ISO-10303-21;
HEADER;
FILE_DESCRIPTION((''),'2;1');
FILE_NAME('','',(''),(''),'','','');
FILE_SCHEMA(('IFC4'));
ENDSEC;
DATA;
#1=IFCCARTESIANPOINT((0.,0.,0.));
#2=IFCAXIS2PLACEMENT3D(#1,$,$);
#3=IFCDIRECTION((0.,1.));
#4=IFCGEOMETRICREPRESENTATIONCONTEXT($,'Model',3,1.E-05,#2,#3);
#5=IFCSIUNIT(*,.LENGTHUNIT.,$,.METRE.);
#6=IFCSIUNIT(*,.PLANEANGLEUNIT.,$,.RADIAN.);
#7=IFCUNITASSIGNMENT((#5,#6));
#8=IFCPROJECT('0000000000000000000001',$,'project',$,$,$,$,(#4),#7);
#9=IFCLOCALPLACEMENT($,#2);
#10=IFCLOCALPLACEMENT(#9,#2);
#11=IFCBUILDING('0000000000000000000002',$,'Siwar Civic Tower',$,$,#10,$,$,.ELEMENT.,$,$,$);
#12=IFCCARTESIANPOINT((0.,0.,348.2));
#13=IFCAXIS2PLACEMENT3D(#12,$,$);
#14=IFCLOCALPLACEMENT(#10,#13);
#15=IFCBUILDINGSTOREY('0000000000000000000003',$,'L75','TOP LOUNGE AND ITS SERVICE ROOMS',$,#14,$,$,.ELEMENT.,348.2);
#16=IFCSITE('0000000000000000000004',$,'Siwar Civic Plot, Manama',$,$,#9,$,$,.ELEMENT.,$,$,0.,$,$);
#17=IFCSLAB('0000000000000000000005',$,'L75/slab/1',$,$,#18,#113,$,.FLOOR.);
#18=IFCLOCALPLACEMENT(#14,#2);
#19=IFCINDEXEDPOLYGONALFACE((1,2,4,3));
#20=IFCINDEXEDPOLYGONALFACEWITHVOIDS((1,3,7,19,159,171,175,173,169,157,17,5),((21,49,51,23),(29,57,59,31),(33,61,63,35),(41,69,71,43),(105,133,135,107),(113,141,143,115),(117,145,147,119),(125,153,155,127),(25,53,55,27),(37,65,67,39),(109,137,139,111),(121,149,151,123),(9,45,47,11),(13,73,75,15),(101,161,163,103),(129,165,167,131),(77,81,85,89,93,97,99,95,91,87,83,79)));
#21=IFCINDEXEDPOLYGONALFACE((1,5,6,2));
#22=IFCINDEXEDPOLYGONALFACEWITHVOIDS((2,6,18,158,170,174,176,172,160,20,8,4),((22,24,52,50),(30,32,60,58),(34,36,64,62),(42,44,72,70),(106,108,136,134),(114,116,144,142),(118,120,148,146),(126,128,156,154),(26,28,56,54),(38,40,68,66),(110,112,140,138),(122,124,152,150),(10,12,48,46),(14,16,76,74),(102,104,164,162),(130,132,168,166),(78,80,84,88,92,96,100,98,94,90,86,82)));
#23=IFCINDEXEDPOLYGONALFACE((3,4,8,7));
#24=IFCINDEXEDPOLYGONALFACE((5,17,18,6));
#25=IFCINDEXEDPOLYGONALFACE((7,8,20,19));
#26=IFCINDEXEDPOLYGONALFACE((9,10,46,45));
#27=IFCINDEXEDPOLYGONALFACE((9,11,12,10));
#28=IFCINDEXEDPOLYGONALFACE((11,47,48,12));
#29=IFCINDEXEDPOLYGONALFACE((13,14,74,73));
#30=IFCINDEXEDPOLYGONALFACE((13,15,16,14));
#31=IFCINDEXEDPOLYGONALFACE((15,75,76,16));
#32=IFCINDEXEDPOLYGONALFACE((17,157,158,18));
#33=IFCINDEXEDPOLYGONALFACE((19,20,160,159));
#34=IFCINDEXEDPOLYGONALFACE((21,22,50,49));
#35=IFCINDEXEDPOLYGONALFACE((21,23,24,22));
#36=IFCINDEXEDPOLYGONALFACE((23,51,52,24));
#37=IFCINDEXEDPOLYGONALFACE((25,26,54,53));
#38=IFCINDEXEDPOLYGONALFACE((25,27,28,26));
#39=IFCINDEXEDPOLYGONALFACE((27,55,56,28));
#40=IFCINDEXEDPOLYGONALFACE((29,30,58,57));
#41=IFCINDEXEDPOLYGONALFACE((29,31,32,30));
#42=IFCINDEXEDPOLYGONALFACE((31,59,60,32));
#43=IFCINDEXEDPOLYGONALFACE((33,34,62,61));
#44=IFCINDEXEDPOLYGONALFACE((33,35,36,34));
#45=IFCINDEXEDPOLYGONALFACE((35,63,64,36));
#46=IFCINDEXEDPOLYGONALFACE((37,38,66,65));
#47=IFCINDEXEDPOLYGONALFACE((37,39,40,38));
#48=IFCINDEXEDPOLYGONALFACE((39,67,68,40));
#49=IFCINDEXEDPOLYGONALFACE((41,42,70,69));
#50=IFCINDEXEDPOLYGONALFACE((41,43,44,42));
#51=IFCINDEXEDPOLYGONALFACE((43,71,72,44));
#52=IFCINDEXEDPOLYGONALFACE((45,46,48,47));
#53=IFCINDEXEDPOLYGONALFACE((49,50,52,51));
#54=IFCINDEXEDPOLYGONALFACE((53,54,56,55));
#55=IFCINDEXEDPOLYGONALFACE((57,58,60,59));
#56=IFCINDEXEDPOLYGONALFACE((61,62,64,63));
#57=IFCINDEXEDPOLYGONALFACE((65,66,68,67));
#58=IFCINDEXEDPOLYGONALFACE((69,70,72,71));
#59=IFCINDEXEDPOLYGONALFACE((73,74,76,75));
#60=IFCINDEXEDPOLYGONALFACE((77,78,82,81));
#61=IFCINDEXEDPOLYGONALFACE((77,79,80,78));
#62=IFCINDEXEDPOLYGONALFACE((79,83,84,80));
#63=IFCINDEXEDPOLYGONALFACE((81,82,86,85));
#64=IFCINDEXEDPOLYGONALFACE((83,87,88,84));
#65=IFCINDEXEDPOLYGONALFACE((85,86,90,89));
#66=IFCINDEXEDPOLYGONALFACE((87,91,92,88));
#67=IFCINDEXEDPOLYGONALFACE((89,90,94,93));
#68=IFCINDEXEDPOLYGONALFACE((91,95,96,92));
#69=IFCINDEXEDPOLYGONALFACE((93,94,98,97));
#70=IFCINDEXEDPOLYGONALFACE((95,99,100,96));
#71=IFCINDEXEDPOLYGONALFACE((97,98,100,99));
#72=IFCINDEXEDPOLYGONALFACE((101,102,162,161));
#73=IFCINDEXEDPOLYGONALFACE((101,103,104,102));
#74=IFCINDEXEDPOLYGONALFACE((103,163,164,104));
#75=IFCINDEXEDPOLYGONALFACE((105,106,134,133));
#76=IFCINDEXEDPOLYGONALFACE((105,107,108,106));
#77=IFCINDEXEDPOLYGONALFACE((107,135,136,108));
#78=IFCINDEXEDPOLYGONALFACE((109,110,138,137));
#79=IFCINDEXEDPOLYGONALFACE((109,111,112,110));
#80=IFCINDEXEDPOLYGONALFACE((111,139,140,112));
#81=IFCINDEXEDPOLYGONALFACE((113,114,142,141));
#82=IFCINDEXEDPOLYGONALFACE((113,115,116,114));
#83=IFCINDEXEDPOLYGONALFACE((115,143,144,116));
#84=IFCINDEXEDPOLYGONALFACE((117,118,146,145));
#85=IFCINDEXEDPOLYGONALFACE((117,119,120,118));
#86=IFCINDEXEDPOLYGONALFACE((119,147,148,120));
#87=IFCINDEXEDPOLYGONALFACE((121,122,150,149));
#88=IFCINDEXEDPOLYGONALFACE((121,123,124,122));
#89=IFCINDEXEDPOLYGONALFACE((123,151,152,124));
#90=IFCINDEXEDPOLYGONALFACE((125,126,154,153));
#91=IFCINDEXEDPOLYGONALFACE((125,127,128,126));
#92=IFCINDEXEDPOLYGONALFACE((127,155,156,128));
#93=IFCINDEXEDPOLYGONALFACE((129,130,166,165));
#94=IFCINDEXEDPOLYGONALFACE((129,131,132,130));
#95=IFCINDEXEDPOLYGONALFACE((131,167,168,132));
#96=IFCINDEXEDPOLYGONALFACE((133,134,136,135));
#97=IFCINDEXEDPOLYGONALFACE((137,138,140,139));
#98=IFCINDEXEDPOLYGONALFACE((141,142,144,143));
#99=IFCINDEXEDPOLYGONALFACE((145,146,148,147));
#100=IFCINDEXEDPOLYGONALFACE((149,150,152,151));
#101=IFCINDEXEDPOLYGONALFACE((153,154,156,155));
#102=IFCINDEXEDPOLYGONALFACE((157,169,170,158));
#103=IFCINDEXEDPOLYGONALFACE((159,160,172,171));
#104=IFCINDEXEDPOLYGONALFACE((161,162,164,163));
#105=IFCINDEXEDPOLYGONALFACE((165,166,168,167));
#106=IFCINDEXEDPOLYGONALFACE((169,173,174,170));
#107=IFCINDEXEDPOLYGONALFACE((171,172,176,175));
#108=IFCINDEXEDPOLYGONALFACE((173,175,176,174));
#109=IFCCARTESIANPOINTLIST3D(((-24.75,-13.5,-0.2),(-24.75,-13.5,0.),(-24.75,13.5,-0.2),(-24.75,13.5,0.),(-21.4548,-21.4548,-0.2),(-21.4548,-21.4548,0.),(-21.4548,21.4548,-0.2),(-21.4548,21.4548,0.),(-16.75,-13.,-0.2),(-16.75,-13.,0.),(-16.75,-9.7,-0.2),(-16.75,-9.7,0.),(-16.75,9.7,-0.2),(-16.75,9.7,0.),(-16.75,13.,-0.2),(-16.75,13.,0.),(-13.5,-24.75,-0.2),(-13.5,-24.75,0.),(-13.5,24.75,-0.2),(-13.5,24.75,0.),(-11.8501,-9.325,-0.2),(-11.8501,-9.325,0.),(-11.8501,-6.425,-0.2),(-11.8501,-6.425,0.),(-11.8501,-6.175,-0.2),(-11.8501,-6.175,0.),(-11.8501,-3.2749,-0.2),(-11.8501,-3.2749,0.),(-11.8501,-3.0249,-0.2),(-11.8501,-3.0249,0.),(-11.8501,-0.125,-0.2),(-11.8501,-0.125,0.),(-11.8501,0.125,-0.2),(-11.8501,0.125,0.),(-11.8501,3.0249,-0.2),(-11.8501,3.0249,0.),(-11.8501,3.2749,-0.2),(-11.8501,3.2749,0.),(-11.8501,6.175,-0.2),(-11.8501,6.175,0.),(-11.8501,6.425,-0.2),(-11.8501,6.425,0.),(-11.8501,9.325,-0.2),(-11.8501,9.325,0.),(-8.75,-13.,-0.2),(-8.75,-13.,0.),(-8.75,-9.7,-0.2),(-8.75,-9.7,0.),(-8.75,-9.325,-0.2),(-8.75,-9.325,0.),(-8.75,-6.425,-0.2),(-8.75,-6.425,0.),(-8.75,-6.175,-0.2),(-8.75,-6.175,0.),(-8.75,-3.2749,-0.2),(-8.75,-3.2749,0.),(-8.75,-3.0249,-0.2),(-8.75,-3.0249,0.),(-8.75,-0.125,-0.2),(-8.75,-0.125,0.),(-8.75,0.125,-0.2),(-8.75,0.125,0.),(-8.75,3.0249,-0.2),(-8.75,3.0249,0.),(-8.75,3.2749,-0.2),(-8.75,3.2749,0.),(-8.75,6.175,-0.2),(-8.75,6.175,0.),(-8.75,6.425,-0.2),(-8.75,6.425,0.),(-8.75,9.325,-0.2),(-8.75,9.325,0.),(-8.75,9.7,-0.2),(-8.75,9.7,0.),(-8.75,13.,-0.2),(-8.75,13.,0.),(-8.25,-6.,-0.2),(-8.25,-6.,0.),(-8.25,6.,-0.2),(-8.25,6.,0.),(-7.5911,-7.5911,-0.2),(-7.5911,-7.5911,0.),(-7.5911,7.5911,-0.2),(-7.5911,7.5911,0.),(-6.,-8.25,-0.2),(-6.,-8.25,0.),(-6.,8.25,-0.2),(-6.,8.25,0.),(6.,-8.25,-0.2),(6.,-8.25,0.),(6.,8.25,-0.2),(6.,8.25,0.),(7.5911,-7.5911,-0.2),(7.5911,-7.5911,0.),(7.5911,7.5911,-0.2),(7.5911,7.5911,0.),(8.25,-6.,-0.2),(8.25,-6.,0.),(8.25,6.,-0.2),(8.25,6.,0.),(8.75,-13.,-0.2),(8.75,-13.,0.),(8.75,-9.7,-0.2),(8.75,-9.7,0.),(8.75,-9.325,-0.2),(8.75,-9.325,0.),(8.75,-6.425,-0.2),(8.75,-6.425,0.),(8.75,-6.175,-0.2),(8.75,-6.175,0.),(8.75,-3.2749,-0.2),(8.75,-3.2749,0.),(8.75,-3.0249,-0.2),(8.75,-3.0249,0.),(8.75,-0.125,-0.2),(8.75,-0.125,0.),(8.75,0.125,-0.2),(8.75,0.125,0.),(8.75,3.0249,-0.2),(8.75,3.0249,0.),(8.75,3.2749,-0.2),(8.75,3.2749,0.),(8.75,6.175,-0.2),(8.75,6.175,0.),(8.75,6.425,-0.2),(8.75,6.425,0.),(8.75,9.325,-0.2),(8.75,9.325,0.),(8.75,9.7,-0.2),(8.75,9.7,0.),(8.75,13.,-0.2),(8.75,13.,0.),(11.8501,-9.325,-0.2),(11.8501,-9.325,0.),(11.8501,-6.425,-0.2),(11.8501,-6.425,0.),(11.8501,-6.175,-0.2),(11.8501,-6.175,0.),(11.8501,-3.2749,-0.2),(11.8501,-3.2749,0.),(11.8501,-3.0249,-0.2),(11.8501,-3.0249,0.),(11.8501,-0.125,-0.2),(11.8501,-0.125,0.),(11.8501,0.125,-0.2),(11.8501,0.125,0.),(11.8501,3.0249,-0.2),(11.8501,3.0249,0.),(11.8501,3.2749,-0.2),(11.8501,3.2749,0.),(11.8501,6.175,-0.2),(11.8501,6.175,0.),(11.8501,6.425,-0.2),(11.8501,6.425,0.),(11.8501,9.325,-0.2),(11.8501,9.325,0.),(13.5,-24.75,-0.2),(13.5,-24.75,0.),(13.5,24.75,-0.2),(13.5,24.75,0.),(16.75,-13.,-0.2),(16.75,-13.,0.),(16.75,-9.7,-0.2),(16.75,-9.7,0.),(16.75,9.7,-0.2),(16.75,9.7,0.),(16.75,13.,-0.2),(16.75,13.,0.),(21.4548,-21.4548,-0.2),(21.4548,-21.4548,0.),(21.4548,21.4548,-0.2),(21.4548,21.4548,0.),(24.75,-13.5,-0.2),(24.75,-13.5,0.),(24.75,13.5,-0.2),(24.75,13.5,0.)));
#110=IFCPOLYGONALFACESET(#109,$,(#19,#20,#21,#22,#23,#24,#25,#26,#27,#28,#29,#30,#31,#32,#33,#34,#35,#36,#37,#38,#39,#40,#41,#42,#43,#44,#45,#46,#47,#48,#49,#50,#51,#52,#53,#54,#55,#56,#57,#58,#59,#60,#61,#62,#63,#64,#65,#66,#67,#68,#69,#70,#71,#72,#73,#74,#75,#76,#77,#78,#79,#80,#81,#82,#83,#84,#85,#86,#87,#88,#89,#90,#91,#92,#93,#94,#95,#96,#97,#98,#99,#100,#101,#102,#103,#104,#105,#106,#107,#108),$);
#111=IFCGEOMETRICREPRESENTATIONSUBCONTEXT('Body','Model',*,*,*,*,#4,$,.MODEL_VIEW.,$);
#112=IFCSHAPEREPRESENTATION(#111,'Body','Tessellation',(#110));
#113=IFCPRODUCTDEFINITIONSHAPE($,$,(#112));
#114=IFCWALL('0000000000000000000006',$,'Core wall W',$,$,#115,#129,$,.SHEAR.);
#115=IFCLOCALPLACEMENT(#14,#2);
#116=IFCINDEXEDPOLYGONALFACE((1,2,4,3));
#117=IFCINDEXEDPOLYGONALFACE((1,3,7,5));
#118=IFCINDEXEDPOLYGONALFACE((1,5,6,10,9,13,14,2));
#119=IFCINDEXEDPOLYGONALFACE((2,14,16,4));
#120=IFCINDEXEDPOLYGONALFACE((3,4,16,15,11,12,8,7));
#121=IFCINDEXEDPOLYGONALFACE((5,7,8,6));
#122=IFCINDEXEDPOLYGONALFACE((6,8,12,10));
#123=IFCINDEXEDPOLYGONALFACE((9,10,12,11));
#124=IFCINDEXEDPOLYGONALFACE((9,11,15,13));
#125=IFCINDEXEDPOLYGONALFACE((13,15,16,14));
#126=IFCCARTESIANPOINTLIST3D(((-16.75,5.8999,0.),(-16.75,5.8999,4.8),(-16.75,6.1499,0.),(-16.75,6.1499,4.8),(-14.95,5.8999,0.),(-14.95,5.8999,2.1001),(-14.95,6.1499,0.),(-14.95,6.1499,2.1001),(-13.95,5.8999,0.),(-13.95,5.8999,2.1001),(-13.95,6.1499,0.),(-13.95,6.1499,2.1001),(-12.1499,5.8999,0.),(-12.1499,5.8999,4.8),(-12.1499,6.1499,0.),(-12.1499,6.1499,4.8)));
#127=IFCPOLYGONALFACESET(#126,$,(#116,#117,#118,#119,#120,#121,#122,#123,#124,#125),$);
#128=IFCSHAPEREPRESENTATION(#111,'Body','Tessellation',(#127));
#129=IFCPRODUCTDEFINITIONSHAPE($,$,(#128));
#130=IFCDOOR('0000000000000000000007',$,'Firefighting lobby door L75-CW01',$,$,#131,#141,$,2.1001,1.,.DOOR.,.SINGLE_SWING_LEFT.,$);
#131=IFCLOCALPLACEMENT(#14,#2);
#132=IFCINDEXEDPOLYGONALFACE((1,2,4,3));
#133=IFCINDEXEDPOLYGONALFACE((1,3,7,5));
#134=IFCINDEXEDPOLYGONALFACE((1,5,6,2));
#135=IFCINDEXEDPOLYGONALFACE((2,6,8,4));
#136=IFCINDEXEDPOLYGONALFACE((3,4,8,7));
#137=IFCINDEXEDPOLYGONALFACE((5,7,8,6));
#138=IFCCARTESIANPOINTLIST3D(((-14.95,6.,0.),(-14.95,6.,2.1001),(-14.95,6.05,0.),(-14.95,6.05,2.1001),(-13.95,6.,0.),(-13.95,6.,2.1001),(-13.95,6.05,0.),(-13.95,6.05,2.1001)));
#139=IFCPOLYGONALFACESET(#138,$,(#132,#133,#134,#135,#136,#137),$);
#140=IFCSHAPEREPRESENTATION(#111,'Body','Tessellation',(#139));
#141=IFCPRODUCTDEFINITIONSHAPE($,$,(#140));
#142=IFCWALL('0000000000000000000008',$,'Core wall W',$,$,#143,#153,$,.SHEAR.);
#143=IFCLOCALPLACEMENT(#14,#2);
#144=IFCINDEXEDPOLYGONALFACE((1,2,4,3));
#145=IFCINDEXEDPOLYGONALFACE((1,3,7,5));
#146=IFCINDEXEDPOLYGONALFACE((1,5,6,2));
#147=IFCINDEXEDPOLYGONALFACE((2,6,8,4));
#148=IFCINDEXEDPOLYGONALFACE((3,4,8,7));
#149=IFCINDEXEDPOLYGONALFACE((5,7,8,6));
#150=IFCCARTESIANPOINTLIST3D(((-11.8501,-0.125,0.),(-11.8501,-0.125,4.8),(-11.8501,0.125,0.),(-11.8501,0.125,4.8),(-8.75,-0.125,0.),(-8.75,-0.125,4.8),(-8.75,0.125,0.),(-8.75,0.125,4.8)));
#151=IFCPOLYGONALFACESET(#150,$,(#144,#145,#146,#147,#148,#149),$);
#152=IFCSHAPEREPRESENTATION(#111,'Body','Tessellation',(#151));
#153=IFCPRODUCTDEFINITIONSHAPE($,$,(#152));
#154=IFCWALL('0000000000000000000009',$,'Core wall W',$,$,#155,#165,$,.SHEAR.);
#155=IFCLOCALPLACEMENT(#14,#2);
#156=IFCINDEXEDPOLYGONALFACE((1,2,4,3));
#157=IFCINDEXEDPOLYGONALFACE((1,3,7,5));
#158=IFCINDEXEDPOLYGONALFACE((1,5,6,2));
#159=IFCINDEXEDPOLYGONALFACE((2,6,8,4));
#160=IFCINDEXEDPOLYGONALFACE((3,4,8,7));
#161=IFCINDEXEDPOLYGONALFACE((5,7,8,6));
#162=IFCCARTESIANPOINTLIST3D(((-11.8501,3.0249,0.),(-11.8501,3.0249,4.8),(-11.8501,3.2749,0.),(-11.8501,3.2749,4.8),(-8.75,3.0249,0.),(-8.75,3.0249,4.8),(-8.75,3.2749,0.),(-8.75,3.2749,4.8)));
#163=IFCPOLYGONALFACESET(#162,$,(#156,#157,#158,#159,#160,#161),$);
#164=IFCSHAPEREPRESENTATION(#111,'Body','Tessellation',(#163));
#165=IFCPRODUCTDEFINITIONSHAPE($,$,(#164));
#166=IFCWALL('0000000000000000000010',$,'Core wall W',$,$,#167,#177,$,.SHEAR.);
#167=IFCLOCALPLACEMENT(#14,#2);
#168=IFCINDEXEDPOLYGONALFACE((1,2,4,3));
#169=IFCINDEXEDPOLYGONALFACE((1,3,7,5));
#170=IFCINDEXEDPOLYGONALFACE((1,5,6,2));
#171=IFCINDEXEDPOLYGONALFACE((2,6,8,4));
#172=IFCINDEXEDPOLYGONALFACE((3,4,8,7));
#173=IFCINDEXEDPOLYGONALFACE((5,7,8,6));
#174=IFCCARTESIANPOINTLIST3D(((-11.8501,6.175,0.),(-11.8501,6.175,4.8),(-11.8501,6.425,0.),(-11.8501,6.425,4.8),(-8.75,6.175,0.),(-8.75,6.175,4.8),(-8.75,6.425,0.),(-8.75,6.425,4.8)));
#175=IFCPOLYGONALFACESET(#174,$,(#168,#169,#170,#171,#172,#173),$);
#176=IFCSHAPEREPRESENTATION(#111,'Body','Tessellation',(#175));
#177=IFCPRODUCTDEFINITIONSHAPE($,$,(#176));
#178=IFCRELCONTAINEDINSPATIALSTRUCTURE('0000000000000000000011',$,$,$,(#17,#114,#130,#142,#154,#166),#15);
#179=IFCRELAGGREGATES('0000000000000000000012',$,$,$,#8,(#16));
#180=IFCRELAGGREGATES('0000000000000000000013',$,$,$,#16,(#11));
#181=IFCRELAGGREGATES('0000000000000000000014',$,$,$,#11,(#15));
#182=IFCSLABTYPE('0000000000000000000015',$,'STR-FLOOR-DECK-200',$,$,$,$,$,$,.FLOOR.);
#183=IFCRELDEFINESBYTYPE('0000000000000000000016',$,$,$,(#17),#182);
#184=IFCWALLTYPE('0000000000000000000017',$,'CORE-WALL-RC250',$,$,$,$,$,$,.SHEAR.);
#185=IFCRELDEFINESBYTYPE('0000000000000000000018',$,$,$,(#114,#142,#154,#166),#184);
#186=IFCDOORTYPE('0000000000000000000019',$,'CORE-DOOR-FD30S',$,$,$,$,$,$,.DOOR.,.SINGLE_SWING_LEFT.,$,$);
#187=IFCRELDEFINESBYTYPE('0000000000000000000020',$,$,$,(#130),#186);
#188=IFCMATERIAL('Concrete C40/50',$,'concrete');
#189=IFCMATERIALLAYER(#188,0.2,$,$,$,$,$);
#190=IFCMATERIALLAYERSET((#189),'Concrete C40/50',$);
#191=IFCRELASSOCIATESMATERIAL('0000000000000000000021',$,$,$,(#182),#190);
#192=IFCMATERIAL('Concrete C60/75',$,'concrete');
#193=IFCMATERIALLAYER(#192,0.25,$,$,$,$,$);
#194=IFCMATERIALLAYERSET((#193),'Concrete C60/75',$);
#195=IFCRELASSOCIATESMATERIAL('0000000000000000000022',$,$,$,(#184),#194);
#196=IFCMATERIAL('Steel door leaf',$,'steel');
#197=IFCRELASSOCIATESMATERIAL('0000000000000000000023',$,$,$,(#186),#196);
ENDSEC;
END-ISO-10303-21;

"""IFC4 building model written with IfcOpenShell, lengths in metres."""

from ifc_helpers import new_model, si_unit, direction, frame, frame_2d, origin, place, context, subcontext, project, spatial, polyline, rectangle, outline, extrude, material, layer, layer_set, type_object, element, fill, save


model = new_model("IFC4")

# Units and contexts
model_context = context("Model", 3, precision=1e-05, world=origin(), true_north=direction((0.0, 1.0)))
body_context = subcontext(model_context, "Body", "Model", "MODEL_VIEW")
ifc_project = project(units=[si_unit("LENGTHUNIT", "METRE"), si_unit("PLANEANGLEUNIT", "RADIAN")], contexts=[model_context])

# Site, building, storey
site_placement = place(None, origin())
site = spatial("IfcSite", under=ifc_project, at=site_placement, Name="Siwar Civic Plot, Manama", CompositionType="ELEMENT", RefElevation=0.0)
building_placement = place(site_placement, origin())
building = spatial("IfcBuilding", under=site, at=building_placement, Name="Siwar Civic Tower", CompositionType="ELEMENT")
storey_placement = place(building_placement, frame((0.0, 0.0, 348.2)))
storey = spatial("IfcBuildingStorey", under=building, at=storey_placement, Name="L75", Description="TOP LOUNGE AND ITS SERVICE ROOMS", CompositionType="ELEMENT", Elevation=348.2)

# Slab
ifc_material_1 = material(Name="Concrete C40/50", Category="concrete")
ifc_layer_1 = layer(ifc_material_1, 0.2)
ifc_layer_set_1 = layer_set([ifc_layer_1], Name="Concrete C40/50")
slab_type = type_object("IfcSlabType", Name="STR-FLOOR-DECK-200", PredefinedType="FLOOR", material=ifc_layer_set_1)
slab_placement = place(storey_placement, frame((0.0, 0.0, -0.2)))
element("IfcSlab", 1, at=slab_placement, inside=storey, type_object=slab_type, Name="L75/slab/1", PredefinedType="FLOOR", context=body_context, shape_type="SweptSolid", body=[
    extrude(outline(polyline([(-13.5, -24.75), (13.5, -24.75), (21.4548, -21.4548), (24.75, -13.5), (24.75, 13.5), (21.4548, 21.4548), (13.5, 24.75), (-13.5, 24.75), (-21.4548, 21.4548), (-24.75, 13.5), (-24.75, -13.5), (-21.4548, -21.4548), (-13.5, -24.75)]), holes=[polyline([(16.75, 13.0), (16.75, 9.7), (8.75, 9.7), (8.75, 13.0), (16.75, 13.0)]), polyline([(8.75, -9.7), (16.75, -9.7), (16.75, -13.0), (8.75, -13.0), (8.75, -9.7)]), polyline([(11.8501, 9.325), (11.8501, 6.425), (8.75, 6.425), (8.75, 9.325), (11.8501, 9.325)]), polyline([(8.75, 6.175), (11.8501, 6.175), (11.8501, 3.2749), (8.75, 3.2749), (8.75, 6.175)]), polyline([(8.75, 3.0249), (11.8501, 3.0249), (11.8501, 0.125), (8.75, 0.125), (8.75, 3.0249)]), polyline([(8.75, -0.125), (11.8501, -0.125), (11.8501, -3.0249), (8.75, -3.0249), (8.75, -0.125)]), polyline([(8.75, -3.2749), (11.8501, -3.2749), (11.8501, -6.175), (8.75, -6.175), (8.75, -3.2749)]), polyline([(8.75, -6.425), (11.8501, -6.425), (11.8501, -9.325), (8.75, -9.325), (8.75, -6.425)]), polyline([(-6.0, 8.25), (6.0, 8.25), (7.5911, 7.5911), (8.25, 6.0), (8.25, -6.0), (7.5911, -7.5911), (6.0, -8.25), (-6.0, -8.25), (-7.5911, -7.5911), (-8.25, -6.0), (-8.25, 6.0), (-7.5911, 7.5911), (-6.0, 8.25)]), polyline([(-8.75, -13.0), (-16.75, -13.0), (-16.75, -9.7), (-8.75, -9.7), (-8.75, -13.0)]), polyline([(-8.75, 9.7), (-16.75, 9.7), (-16.75, 13.0), (-8.75, 13.0), (-8.75, 9.7)]), polyline([(-8.75, 6.425), (-11.8501, 6.425), (-11.8501, 9.325), (-8.75, 9.325), (-8.75, 6.425)]), polyline([(-8.75, 3.2749), (-11.8501, 3.2749), (-11.8501, 6.175), (-8.75, 6.175), (-8.75, 3.2749)]), polyline([(-8.75, 0.125), (-11.8501, 0.125), (-11.8501, 3.0249), (-8.75, 3.0249), (-8.75, 0.125)]), polyline([(-8.75, -3.0249), (-11.8501, -3.0249), (-11.8501, -0.125), (-8.75, -0.125), (-8.75, -3.0249)]), polyline([(-8.75, -6.175), (-11.8501, -6.175), (-11.8501, -3.2749), (-8.75, -3.2749), (-8.75, -6.175)]), polyline([(-8.75, -9.325), (-11.8501, -9.325), (-11.8501, -6.425), (-8.75, -6.425), (-8.75, -9.325)])]), origin(), (0.0, 0.0, 1.0), 0.2),
])

# Wall, opening, door
ifc_material_2 = material(Name="Concrete C60/75", Category="concrete")
ifc_layer_2 = layer(ifc_material_2, 0.25)
ifc_layer_set_2 = layer_set([ifc_layer_2], Name="Concrete C60/75")
wall_type_1 = type_object("IfcWallType", Name="CORE-WALL-RC250", PredefinedType="SHEAR", material=ifc_layer_set_2)
wall_1_placement = place(storey_placement, frame((-12.1499, 6.0249, 0.0), z_axis=(0.0, 0.0, 1.0), x_axis=(-1.0, 0.0, 0.0)))
wall_1 = element("IfcWall", 2, at=wall_1_placement, inside=storey, type_object=wall_type_1, Name="Core wall W", PredefinedType="SHEAR", context=body_context, shape_type="SweptSolid", body=[
    extrude(rectangle(XDim=4.6001, YDim=0.25, at=frame_2d((2.3, 0.0))), origin(), (0.0, 0.0, 1.0), 4.8),
])
opening_1_placement = place(wall_1_placement, frame((1.8, 0.0, 0.0)))
opening_1 = element("IfcOpeningElement", 3, at=opening_1_placement, cuts=wall_1, PredefinedType="OPENING", context=body_context, shape_type="SweptSolid", body=[
    extrude(rectangle(XDim=1.0, YDim=2.1001, at=frame_2d((0.5, 1.05))), frame((0.0, 0.135, 0.0), z_axis=(0.0, -1.0, 0.0), x_axis=(1.0, 0.0, 0.0)), (0.0, 0.0, 1.0), 0.27),
])
ifc_material_3 = material(Name="Steel door leaf", Category="steel")
door_type_1 = type_object("IfcDoorType", Name="CORE-DOOR-FD30S", OperationType="SINGLE_SWING_LEFT", PredefinedType="DOOR", material=ifc_material_3)
door_1_placement = place(opening_1_placement, origin())
door_1 = element("IfcDoor", 4, at=door_1_placement, inside=storey, type_object=door_type_1, Name="Firefighting lobby door L75-CW01", OperationType="SINGLE_SWING_LEFT", OverallHeight=2.1001, OverallWidth=1.0, PredefinedType="DOOR", context=body_context, shape_type="SweptSolid", body=[
    extrude(rectangle(XDim=1.0, YDim=2.1001, at=frame_2d((0.5, 1.05))), frame((0.0, 0.0249, 0.0), z_axis=(0.0, -1.0, 0.0), x_axis=(1.0, 0.0, 0.0)), (0.0, 0.0, 1.0), 0.05),
])
fill(opening_1, door_1)

# Walls
for number, where, z_axis, x_axis, name in (
    (5, (-8.75, 0.0, 0.0), (0.0, 0.0, 1.0), (-1.0, 0.0, 0.0), "Core wall W"),
    (6, (-8.75, 3.1499, 0.0), (0.0, 0.0, 1.0), (-1.0, 0.0, 0.0), "Core wall W"),
    (7, (-8.75, 6.3, 0.0), (0.0, 0.0, 1.0), (-1.0, 0.0, 0.0), "Core wall W"),
):
    element("IfcWall", number, at=place(storey_placement, frame(where, z_axis=z_axis, x_axis=x_axis)), inside=storey, type_object=wall_type_1, Name=name, PredefinedType="SHEAR", context=body_context, shape_type="SweptSolid", body=[
        extrude(rectangle(XDim=3.1001, YDim=0.25, at=frame_2d((1.55, 0.0))), origin(), (0.0, 0.0, 1.0), 4.8),
    ])

save(model, "model.ifc")
